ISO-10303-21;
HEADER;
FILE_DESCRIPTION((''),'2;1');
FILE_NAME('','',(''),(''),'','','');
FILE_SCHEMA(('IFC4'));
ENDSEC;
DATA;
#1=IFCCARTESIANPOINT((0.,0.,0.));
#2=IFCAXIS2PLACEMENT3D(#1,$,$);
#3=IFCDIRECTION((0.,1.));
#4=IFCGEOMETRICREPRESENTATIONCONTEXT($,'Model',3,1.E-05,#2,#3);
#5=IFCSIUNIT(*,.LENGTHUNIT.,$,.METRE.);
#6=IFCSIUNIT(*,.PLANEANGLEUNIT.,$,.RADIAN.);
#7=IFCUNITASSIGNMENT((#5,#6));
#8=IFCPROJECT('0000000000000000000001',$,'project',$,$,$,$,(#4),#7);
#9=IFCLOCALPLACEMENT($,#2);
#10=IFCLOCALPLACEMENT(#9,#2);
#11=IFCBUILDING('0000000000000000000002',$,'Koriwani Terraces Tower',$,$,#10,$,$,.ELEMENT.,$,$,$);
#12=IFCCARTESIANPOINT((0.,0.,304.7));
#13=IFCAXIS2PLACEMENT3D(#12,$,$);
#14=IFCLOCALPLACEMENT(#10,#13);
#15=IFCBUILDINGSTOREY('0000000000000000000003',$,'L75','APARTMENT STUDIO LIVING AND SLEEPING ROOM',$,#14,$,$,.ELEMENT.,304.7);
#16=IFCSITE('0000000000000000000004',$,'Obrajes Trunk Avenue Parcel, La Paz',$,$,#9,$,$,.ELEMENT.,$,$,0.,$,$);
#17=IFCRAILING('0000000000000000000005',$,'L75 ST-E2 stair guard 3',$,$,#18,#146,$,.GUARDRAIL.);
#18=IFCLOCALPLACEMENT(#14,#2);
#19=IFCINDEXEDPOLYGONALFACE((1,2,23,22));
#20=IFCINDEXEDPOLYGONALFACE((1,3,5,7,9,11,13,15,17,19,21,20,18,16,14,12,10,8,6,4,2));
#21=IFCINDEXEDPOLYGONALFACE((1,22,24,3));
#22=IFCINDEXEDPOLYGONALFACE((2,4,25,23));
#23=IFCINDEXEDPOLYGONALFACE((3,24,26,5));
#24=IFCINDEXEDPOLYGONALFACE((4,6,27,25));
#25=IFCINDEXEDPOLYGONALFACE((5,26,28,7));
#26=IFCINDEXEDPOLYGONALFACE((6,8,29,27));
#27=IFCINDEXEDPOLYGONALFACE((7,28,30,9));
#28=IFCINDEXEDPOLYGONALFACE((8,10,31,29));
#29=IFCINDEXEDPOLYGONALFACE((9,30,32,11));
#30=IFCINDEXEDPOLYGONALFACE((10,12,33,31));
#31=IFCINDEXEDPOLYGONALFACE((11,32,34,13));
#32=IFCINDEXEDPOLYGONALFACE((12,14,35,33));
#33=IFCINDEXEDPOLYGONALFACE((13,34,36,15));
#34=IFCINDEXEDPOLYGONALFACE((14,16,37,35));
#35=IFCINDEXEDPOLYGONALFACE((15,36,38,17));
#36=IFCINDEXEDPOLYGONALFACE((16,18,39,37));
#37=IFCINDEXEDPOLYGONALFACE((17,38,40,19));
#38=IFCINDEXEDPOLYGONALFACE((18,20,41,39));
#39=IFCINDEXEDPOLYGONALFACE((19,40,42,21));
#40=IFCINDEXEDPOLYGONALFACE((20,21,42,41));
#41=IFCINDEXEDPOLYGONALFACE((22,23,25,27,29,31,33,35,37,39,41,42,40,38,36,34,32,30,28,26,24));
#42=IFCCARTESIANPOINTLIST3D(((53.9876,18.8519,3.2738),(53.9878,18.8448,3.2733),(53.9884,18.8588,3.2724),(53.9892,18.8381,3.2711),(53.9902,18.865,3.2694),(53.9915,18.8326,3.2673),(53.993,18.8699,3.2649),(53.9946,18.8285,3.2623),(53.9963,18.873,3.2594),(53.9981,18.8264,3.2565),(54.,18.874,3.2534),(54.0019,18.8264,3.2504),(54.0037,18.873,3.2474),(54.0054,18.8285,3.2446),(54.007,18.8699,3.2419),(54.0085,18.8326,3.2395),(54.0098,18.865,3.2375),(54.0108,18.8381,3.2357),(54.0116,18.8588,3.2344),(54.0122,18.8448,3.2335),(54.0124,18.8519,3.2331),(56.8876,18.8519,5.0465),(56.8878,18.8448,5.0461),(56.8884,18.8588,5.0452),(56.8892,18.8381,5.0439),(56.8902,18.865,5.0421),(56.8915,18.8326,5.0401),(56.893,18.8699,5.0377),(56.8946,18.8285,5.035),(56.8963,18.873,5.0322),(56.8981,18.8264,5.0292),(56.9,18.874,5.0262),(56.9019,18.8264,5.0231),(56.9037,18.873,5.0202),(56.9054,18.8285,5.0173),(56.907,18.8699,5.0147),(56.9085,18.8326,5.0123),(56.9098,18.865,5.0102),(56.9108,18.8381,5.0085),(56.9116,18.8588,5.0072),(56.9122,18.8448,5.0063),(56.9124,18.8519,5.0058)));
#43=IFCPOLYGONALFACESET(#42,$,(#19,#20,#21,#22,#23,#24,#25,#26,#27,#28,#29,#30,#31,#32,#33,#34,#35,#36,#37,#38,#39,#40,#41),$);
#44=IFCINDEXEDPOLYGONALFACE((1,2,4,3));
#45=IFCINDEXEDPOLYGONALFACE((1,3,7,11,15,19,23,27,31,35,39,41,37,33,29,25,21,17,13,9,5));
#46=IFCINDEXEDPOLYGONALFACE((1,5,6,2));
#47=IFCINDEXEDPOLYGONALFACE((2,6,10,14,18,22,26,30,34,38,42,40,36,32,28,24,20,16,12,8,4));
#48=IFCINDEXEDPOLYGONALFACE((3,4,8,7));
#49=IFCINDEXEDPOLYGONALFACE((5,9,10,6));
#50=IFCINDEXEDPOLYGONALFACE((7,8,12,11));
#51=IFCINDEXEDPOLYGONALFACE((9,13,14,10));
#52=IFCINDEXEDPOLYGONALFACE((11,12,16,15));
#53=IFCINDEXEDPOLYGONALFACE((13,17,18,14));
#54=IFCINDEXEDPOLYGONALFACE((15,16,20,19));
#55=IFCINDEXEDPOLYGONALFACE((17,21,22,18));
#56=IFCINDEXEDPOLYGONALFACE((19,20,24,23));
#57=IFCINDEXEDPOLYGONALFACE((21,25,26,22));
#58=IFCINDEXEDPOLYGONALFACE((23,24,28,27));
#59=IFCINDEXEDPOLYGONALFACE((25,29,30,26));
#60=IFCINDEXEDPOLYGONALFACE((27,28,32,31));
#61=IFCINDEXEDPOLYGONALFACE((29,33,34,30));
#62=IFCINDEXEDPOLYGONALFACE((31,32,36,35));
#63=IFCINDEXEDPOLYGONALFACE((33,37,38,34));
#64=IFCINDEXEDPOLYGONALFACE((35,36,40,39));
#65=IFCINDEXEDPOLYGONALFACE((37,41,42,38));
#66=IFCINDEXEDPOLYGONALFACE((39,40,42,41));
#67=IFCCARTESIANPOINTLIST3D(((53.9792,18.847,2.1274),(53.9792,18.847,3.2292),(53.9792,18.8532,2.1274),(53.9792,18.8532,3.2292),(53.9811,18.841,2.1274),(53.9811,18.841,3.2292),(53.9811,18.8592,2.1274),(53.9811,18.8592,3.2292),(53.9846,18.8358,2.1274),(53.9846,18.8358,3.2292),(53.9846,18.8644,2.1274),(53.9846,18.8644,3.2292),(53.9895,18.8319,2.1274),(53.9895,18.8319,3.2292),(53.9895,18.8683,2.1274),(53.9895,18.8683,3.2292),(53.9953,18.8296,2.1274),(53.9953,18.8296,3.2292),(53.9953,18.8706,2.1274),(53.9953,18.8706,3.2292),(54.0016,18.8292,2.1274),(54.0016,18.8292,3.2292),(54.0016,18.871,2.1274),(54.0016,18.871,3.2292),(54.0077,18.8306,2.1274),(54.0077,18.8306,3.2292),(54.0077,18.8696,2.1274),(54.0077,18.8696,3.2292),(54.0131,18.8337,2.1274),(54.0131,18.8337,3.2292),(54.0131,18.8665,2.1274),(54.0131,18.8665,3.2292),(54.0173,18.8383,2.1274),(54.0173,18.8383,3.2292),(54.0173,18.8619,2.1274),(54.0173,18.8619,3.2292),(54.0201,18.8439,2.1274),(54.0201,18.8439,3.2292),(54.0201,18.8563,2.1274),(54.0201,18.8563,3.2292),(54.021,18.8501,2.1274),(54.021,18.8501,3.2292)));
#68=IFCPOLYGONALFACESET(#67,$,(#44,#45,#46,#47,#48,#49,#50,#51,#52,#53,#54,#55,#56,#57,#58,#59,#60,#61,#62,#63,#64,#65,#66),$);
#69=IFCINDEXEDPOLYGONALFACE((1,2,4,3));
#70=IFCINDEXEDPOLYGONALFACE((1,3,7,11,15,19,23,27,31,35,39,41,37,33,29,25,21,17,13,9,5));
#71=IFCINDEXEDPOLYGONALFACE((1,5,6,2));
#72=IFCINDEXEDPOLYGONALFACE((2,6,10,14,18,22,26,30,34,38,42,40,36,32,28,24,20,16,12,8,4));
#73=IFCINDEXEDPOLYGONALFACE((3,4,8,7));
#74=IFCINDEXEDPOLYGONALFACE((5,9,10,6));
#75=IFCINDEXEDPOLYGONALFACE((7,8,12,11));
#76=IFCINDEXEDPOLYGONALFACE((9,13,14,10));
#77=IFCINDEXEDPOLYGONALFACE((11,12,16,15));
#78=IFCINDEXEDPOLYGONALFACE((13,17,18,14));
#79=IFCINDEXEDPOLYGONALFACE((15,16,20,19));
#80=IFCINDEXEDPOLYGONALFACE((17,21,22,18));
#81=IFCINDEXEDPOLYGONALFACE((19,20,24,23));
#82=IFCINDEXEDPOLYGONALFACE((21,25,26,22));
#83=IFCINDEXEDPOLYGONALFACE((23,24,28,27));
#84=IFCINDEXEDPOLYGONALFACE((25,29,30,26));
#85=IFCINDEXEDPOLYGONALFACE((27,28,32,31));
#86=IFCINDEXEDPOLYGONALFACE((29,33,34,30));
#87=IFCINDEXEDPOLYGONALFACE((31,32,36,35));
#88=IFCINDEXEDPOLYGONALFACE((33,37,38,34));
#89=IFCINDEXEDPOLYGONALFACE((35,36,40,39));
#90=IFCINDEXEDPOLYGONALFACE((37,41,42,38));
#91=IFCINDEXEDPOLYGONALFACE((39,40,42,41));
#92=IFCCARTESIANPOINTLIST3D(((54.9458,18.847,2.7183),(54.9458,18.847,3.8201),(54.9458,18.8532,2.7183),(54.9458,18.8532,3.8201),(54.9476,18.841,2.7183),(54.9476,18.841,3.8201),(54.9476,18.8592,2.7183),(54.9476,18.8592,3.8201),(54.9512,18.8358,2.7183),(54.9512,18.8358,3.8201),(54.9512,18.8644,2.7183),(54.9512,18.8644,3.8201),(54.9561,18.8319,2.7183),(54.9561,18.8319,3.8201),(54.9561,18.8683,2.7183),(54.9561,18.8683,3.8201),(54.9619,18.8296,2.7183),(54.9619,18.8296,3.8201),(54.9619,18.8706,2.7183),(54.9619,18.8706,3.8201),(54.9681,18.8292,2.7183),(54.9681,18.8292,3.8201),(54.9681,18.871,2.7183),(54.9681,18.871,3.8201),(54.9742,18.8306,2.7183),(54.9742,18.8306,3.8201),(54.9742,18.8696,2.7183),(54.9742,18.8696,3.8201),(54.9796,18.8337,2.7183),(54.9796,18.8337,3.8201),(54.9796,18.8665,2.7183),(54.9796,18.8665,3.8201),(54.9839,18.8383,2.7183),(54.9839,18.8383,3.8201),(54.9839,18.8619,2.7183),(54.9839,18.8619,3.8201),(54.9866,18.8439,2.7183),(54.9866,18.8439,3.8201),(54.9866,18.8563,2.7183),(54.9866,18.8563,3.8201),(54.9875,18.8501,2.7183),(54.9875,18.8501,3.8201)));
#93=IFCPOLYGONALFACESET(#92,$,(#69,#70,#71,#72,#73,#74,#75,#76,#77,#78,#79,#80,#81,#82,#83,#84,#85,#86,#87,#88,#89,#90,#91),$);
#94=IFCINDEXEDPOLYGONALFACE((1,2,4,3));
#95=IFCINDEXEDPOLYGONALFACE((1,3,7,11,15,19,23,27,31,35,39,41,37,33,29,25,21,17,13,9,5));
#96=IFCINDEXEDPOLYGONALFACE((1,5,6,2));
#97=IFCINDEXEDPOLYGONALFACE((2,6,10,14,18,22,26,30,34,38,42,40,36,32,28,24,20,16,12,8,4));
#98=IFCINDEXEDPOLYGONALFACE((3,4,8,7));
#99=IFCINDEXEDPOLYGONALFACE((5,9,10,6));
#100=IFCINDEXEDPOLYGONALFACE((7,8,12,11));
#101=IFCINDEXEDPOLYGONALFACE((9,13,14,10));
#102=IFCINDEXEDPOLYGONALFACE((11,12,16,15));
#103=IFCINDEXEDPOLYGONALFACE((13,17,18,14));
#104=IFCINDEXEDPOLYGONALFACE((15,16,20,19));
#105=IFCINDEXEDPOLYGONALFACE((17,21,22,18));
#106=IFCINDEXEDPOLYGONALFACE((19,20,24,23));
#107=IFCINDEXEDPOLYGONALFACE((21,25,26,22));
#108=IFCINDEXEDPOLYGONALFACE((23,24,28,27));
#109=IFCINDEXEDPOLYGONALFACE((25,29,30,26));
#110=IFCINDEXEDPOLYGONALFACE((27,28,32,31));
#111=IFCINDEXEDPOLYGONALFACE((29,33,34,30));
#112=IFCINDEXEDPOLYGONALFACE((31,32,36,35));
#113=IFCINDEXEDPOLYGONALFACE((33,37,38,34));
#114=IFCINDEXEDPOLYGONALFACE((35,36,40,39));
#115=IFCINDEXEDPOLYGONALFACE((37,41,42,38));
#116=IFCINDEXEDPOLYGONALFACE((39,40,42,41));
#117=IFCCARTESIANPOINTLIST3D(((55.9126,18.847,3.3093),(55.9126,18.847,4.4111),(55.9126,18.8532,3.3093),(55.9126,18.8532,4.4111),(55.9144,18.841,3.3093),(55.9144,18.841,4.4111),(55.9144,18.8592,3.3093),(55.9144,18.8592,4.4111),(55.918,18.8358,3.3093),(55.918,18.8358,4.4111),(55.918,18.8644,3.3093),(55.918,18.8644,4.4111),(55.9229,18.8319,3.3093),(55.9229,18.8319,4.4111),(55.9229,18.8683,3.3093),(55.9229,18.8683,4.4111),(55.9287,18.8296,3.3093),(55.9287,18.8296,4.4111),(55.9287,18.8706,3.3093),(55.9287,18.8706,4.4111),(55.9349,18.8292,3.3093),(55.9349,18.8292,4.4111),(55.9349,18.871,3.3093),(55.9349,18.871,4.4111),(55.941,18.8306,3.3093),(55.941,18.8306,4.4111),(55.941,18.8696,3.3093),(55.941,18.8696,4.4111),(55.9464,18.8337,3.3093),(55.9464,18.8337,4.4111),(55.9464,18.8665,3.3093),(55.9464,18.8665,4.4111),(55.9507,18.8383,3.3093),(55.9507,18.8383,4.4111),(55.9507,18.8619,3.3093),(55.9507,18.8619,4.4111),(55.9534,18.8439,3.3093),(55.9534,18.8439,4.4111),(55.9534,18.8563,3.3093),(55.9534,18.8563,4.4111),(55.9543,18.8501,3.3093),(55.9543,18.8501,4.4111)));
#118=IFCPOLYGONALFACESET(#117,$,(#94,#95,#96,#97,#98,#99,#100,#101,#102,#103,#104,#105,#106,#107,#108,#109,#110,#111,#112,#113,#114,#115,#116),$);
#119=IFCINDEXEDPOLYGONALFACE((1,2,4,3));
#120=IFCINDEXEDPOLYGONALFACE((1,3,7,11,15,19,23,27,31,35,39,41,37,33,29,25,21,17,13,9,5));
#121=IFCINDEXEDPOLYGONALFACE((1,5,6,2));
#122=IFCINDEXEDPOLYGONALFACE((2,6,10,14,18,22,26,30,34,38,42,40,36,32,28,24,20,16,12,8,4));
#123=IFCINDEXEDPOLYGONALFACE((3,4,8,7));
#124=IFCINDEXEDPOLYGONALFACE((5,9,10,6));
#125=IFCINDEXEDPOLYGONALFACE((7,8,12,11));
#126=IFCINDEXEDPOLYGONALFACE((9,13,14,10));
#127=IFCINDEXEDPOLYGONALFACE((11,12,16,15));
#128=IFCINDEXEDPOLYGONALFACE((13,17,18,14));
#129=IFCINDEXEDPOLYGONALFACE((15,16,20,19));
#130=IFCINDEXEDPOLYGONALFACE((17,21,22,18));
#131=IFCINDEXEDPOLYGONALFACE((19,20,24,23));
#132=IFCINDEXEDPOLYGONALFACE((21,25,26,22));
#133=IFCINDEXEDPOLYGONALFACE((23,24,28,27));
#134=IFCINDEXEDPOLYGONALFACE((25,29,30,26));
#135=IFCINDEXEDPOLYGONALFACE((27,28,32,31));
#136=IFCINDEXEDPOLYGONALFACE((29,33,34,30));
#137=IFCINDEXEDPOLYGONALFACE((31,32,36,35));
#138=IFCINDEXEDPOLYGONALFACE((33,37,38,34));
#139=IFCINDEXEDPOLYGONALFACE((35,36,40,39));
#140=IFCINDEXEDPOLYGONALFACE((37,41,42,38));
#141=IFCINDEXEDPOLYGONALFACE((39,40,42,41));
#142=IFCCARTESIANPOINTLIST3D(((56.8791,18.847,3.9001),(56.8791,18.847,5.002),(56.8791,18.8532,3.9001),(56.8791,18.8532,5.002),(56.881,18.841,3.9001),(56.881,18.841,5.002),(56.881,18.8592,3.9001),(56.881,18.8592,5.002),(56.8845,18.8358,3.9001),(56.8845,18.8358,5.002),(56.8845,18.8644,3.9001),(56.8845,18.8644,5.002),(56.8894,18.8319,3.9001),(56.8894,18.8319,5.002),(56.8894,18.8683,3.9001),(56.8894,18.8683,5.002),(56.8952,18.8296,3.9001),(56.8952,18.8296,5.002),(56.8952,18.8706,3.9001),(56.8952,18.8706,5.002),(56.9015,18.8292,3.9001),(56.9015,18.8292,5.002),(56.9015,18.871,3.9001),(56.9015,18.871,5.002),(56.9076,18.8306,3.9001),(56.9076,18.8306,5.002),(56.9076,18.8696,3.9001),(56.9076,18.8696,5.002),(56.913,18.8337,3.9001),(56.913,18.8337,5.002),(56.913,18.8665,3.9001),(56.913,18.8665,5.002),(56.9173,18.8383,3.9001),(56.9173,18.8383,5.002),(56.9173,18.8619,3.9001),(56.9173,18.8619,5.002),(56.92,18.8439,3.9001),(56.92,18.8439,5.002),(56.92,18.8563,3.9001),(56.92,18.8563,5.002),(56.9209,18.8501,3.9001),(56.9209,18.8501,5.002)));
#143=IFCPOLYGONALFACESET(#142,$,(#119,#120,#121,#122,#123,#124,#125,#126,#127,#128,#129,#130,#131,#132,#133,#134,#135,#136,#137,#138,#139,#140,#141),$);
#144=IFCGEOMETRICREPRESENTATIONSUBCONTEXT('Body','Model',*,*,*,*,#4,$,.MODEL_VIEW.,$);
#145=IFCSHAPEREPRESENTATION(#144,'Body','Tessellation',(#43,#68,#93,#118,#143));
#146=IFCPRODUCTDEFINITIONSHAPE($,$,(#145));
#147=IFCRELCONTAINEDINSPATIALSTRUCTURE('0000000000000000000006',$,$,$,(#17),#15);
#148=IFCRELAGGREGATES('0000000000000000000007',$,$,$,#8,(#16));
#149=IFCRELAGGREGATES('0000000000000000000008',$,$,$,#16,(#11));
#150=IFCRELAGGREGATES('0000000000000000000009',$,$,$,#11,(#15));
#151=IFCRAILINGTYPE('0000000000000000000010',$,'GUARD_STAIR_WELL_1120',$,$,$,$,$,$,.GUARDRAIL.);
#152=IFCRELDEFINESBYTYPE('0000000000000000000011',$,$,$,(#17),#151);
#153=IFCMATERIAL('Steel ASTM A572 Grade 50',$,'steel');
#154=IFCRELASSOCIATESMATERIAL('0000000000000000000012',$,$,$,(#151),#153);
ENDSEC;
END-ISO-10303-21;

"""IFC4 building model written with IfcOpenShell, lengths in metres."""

from ifc_helpers import new_model, si_unit, direction, frame, origin, origin_2d, place, context, subcontext, project, spatial, circle, extrude, material, type_object, element, save


model = new_model("IFC4")

# Units and contexts
model_context = context("Model", 3, precision=1e-05, world=origin(), true_north=direction((0.0, 1.0)))
body_context = subcontext(model_context, "Body", "Model", "MODEL_VIEW")
ifc_project = project(units=[si_unit("LENGTHUNIT", "METRE"), si_unit("PLANEANGLEUNIT", "RADIAN")], contexts=[model_context])

# Site, building, storey
site_placement = place(None, origin())
site = spatial("IfcSite", under=ifc_project, at=site_placement, Name="Obrajes Trunk Avenue Parcel, La Paz", CompositionType="ELEMENT", RefElevation=0.0)
building_placement = place(site_placement, origin())
building = spatial("IfcBuilding", under=site, at=building_placement, Name="Koriwani Terraces Tower", CompositionType="ELEMENT")
storey_placement = place(building_placement, frame((0.0, 0.0, 304.7)))
storey = spatial("IfcBuildingStorey", under=building, at=storey_placement, Name="L75", Description="APARTMENT STUDIO LIVING AND SLEEPING ROOM", CompositionType="ELEMENT", Elevation=304.7)

# Shared definitions
ifc_material_1 = material(Name="Steel ASTM A572 Grade 50", Category="steel")

# Railing
railing_type_1 = type_object("IfcRailingType", Name="GUARD_STAIR_WELL_1120", PredefinedType="GUARDRAIL", material=ifc_material_1)
railing_1_placement = place(storey_placement, frame((54.0, 18.8501, 2.1274)))
element("IfcRailing", 1, at=railing_1_placement, inside=storey, type_object=railing_type_1, Name="L75 ST-E2 stair guard 3", PredefinedType="GUARDRAIL", context=body_context, shape_type="SweptSolid", body=[
    extrude(circle(Radius=0.0239, at=origin_2d()), frame((0.0, 0.0, 1.126), z_axis=(0.853211, 0.0, 0.521566), x_axis=(0.0, 1.0, 0.0)), (0.0, 0.0, 1.0), 3.3989),
    extrude(circle(Radius=0.021, at=origin_2d()), origin(), (0.0, 0.0, 1.0), 1.1018),
    extrude(circle(Radius=0.021, at=origin_2d()), frame((0.9666, 0.0, 0.5908)), (0.0, 0.0, 1.0), 1.1018),
    extrude(circle(Radius=0.021, at=origin_2d()), frame((1.9333, 0.0, 1.1819)), (0.0, 0.0, 1.0), 1.1018),
    extrude(circle(Radius=0.021, at=origin_2d()), frame((2.8999, 0.0, 1.7727)), (0.0, 0.0, 1.0), 1.1018),
])

save(model, "model.ifc")
